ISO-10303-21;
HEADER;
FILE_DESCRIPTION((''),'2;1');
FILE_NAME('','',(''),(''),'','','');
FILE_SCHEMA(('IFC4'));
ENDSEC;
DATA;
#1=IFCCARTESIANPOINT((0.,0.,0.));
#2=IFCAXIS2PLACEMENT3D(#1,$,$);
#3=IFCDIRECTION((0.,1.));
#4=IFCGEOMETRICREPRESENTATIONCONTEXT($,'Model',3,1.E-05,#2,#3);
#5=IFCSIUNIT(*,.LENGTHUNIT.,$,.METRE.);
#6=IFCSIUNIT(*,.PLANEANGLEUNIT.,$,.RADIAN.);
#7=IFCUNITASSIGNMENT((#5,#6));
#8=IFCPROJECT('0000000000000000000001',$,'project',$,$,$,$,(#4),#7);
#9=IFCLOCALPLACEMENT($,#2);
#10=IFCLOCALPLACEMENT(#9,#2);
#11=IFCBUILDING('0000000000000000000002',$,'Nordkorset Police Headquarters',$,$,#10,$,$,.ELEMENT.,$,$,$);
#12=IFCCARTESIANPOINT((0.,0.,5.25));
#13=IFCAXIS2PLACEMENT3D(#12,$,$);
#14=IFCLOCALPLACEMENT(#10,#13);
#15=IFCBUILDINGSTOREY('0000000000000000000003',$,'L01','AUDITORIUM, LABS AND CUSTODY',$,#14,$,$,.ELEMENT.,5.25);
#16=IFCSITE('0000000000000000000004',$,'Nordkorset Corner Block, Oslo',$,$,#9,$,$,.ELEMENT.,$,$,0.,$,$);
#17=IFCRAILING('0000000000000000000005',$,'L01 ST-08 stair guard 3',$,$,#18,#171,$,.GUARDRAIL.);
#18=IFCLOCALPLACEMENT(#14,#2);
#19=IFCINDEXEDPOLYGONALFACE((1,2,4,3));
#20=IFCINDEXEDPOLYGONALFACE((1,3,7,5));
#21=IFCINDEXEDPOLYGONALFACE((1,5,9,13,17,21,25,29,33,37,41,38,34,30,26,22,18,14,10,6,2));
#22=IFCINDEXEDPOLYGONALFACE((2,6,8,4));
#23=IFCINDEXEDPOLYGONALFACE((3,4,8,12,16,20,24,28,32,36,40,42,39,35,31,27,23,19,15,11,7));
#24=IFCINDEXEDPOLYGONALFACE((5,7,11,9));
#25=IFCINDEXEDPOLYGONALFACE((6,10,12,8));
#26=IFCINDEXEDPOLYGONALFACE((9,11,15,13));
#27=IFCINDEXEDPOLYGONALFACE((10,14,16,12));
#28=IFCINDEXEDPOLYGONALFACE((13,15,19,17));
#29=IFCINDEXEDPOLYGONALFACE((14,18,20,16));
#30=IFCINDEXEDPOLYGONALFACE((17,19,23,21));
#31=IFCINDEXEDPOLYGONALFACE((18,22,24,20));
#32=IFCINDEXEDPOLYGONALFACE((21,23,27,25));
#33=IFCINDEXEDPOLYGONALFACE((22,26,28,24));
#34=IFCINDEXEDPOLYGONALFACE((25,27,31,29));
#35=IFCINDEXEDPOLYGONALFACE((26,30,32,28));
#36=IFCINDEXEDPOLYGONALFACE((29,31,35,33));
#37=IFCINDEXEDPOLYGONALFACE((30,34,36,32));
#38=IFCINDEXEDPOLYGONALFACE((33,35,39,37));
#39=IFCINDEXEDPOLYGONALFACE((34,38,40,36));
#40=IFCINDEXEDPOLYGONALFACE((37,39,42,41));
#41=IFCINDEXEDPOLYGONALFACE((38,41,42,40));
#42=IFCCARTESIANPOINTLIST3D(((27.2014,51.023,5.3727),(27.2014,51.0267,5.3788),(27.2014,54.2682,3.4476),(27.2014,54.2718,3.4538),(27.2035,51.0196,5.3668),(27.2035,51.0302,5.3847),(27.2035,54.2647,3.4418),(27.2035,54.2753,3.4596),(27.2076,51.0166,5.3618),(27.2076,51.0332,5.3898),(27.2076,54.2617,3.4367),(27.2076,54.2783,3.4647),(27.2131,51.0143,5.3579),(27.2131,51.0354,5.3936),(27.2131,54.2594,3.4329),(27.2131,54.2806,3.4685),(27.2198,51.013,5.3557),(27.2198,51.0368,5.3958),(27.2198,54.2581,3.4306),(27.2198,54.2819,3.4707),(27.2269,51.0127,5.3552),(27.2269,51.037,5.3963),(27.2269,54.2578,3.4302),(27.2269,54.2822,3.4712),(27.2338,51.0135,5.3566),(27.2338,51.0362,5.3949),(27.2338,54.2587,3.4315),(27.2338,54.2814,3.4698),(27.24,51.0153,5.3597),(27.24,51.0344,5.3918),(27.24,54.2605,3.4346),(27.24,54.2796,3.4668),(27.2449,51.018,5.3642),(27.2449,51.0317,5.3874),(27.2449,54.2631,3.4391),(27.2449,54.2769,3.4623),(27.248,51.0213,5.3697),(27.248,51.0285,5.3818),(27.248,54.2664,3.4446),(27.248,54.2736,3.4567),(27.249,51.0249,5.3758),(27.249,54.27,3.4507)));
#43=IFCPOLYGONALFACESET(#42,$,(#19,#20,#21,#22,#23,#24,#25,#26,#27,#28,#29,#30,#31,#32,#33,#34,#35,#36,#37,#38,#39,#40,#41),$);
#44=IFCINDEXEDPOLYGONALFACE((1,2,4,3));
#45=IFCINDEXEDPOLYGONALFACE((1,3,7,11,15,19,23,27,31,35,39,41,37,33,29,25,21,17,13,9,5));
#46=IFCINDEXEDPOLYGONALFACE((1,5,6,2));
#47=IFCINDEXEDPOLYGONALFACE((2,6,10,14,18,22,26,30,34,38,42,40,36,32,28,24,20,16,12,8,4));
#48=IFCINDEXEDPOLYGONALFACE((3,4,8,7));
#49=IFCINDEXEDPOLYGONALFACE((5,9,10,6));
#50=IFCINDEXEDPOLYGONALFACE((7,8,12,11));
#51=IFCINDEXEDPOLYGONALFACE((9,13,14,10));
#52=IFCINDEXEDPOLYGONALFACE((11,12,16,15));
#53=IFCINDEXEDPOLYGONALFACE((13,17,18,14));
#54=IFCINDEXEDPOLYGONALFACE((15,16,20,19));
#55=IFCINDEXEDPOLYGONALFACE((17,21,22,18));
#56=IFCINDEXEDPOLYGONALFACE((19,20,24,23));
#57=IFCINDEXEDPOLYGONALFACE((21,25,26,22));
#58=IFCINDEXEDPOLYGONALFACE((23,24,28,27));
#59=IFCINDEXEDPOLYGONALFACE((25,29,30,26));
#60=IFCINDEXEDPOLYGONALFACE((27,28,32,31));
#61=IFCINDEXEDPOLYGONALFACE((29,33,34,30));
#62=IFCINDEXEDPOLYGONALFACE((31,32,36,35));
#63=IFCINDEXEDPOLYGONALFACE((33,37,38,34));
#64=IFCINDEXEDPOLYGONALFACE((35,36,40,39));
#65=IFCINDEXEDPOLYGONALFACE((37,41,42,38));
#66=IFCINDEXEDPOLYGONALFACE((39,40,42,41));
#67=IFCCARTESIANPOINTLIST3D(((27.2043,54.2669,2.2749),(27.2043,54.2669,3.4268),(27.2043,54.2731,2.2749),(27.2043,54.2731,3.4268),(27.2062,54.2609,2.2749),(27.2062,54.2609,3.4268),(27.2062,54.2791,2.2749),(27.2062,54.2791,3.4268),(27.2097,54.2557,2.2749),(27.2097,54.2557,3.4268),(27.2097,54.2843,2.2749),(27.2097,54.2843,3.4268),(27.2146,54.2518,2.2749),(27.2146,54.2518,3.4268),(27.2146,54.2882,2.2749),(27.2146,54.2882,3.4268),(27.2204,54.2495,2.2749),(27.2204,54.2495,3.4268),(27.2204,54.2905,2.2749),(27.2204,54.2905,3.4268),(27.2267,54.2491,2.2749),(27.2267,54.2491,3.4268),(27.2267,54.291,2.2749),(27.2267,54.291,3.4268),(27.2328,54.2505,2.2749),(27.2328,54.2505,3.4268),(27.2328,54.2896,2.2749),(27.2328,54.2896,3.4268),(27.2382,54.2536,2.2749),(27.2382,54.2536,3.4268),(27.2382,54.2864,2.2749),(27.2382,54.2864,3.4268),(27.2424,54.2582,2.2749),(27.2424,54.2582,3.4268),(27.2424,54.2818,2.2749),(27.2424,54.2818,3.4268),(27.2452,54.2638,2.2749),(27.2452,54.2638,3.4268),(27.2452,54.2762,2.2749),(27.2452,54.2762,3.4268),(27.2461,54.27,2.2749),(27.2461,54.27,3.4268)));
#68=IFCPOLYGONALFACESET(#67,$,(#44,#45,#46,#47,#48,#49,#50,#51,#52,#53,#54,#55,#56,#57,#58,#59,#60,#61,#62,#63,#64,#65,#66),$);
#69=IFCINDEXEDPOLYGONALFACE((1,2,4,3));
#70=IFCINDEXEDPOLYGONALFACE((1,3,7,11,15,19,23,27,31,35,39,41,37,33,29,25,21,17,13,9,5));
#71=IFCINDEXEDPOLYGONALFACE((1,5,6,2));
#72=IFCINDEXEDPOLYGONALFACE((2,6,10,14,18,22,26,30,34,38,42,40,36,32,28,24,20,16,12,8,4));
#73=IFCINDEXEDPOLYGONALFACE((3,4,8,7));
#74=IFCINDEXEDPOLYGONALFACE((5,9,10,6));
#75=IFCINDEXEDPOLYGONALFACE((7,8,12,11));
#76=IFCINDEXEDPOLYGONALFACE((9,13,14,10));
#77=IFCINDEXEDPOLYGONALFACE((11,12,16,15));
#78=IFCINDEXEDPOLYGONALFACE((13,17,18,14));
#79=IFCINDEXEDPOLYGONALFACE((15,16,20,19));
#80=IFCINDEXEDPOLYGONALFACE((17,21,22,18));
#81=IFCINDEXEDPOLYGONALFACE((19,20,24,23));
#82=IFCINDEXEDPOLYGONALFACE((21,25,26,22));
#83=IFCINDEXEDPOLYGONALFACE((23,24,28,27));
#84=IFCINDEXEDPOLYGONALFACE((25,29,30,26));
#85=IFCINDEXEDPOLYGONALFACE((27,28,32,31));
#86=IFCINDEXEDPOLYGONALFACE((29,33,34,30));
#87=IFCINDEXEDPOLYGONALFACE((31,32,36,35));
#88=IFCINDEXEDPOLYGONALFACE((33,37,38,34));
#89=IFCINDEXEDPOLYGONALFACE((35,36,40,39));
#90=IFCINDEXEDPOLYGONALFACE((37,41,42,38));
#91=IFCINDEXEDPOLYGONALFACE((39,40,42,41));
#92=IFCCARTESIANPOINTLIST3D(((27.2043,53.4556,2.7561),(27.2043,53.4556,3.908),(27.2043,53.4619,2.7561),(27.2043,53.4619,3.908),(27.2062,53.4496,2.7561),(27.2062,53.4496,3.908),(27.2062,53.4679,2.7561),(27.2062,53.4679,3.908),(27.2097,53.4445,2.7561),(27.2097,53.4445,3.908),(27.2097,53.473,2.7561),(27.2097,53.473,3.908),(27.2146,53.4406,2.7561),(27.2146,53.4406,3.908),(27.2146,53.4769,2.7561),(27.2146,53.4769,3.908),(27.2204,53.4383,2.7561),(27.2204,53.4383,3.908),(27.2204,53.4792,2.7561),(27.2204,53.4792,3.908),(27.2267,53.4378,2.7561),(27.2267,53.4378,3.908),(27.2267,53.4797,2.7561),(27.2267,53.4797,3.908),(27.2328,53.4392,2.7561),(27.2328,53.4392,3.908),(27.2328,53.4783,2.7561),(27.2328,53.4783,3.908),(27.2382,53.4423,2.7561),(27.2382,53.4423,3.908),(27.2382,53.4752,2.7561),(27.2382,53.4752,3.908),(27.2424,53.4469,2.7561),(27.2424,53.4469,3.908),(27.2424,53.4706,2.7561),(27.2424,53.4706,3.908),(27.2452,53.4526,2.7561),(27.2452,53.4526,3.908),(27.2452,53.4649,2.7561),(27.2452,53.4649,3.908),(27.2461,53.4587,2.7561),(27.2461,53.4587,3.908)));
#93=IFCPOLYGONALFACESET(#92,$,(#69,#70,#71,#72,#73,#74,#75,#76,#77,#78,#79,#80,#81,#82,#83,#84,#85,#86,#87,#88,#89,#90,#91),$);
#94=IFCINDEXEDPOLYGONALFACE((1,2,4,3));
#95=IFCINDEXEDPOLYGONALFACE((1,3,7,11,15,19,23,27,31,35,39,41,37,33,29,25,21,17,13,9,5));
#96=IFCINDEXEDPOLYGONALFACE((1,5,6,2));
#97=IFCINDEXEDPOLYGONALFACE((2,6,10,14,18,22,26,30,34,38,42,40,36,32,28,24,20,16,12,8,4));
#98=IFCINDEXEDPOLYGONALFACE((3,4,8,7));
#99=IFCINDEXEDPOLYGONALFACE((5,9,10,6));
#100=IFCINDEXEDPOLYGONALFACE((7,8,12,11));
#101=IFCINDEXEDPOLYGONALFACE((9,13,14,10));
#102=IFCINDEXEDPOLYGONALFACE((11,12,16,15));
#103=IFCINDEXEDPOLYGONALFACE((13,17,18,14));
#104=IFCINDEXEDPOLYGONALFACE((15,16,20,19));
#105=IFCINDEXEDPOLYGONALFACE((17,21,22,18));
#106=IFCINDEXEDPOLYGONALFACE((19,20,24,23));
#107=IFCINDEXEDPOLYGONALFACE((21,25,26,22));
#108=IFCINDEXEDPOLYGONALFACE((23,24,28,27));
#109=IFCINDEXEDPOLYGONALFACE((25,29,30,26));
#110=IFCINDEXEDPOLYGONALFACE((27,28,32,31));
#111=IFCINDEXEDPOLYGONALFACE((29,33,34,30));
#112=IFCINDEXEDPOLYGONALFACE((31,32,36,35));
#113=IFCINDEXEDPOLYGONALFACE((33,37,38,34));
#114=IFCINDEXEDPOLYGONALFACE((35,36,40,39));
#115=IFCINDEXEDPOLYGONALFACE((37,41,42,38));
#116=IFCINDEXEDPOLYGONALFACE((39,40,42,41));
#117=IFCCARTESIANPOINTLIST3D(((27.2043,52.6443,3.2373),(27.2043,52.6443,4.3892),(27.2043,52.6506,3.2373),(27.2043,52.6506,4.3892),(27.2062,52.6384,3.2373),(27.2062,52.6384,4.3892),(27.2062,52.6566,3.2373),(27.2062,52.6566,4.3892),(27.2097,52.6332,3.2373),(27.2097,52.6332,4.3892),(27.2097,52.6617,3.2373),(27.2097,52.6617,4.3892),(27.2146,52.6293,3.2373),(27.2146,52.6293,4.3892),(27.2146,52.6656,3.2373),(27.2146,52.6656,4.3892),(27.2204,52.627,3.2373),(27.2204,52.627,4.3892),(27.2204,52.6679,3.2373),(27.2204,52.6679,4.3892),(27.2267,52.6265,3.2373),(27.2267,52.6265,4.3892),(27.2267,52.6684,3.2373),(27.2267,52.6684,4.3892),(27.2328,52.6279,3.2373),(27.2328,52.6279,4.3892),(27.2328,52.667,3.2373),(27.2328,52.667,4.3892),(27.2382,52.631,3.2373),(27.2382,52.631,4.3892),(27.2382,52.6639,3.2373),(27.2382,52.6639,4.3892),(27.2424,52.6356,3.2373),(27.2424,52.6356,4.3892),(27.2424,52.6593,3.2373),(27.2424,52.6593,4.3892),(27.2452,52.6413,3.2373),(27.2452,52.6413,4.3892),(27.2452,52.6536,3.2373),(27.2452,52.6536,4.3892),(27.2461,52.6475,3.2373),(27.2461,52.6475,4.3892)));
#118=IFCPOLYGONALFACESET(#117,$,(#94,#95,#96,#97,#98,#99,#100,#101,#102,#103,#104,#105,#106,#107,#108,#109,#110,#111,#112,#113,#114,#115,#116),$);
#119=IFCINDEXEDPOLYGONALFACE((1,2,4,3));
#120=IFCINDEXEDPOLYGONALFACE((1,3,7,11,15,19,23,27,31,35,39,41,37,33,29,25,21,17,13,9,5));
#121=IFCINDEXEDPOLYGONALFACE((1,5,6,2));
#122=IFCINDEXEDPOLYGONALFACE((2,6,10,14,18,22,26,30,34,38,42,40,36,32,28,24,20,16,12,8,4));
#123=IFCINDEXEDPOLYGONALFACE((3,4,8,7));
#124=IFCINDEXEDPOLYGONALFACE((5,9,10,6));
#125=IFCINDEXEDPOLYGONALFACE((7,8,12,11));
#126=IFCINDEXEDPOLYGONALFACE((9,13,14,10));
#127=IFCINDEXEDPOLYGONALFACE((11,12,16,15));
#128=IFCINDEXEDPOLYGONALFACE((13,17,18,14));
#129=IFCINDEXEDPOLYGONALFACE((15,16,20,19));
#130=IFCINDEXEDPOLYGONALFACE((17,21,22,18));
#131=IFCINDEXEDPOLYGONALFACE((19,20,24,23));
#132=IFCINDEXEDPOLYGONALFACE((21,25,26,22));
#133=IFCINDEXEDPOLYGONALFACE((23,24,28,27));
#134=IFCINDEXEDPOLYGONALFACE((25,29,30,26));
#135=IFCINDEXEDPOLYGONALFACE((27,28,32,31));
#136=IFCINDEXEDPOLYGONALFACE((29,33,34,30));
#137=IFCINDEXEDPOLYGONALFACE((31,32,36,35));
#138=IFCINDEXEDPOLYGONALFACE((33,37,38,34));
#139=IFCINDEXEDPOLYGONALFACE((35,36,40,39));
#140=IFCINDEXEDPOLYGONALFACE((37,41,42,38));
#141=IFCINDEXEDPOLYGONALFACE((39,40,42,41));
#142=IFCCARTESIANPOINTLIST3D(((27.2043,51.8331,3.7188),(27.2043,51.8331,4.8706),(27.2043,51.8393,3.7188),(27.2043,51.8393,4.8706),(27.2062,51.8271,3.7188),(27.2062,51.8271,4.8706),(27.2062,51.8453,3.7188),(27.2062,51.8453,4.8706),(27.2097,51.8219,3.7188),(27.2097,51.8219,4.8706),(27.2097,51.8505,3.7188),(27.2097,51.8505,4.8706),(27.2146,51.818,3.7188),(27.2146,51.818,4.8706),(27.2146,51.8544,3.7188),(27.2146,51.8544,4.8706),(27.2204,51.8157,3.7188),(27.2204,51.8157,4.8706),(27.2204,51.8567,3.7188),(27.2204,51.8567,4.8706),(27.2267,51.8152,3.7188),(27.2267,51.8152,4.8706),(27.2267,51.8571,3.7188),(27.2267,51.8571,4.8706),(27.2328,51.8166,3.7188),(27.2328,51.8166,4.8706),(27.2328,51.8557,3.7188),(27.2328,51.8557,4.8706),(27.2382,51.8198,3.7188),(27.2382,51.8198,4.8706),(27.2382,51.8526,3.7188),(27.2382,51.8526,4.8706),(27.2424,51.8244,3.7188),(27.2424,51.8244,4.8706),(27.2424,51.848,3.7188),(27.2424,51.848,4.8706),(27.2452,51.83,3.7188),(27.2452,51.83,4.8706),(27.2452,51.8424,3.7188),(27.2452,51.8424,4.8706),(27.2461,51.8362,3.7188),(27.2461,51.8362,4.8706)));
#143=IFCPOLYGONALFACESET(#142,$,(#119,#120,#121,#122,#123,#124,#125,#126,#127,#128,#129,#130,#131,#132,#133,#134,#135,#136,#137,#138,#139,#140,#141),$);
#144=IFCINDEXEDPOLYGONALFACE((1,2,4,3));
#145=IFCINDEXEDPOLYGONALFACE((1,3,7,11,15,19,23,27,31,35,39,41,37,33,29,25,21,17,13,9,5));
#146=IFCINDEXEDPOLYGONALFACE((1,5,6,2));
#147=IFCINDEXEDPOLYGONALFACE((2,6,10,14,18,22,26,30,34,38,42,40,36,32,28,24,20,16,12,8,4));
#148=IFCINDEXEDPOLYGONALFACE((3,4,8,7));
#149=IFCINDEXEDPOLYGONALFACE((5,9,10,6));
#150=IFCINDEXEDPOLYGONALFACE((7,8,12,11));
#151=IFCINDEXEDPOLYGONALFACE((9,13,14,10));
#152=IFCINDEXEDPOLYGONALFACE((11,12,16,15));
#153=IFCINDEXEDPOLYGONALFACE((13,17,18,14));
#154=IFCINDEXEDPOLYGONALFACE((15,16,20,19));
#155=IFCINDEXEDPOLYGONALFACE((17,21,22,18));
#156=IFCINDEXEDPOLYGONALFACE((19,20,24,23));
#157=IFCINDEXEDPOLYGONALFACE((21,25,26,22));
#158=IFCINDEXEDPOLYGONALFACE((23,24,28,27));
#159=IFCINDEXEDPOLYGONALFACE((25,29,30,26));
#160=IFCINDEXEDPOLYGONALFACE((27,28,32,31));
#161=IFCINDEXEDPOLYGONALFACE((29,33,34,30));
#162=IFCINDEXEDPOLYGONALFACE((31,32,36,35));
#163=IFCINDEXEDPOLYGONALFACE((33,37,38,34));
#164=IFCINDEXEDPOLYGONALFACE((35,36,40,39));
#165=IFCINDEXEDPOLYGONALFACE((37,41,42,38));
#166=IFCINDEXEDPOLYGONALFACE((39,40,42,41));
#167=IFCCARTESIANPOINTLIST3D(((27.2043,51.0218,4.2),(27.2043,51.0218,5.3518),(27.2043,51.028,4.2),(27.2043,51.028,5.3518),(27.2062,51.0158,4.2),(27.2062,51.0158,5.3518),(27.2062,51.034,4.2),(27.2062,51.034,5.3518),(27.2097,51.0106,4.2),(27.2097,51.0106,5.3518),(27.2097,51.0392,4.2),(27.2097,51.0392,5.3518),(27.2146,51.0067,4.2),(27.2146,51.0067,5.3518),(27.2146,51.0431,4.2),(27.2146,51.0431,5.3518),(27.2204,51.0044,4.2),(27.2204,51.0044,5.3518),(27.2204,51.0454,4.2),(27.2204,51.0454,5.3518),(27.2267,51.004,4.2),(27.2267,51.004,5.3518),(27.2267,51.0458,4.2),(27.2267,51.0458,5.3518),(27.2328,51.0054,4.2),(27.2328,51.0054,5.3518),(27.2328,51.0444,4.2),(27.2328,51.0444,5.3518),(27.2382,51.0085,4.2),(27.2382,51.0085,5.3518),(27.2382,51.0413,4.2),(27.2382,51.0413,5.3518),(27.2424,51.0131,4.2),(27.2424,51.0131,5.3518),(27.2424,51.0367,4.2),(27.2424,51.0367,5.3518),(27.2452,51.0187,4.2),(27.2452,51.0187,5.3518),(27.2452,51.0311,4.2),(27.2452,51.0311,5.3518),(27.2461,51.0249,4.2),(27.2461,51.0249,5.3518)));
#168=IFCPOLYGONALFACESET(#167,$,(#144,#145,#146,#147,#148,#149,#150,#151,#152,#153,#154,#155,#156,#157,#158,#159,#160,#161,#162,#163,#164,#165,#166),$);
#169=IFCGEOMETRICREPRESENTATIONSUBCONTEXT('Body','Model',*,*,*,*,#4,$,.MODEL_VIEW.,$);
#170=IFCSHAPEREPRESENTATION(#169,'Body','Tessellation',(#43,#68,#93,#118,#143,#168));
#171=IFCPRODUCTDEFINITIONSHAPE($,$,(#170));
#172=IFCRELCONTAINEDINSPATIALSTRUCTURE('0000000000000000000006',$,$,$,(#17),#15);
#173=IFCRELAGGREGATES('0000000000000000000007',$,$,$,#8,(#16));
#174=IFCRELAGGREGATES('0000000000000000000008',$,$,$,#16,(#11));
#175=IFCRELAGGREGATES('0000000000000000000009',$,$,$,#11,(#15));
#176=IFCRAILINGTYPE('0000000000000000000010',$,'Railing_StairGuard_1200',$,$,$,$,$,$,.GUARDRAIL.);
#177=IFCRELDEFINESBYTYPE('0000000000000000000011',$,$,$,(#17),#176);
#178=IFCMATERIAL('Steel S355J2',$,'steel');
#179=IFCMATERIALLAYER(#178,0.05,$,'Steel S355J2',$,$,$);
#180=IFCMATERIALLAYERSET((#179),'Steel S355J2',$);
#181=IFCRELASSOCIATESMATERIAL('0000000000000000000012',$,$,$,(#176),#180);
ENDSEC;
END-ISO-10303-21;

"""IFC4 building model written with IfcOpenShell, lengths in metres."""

from ifc_helpers import new_model, si_unit, direction, frame, origin, origin_2d, place, context, subcontext, project, spatial, circle, extrude, material, layer, layer_set, type_object, element, save


model = new_model("IFC4")

# Units and contexts
model_context = context("Model", 3, precision=1e-05, world=origin(), true_north=direction((0.0, 1.0)))
body_context = subcontext(model_context, "Body", "Model", "MODEL_VIEW")
ifc_project = project(units=[si_unit("LENGTHUNIT", "METRE"), si_unit("PLANEANGLEUNIT", "RADIAN")], contexts=[model_context])

# Site, building, storey
site_placement = place(None, origin())
site = spatial("IfcSite", under=ifc_project, at=site_placement, Name="Nordkorset Corner Block, Oslo", CompositionType="ELEMENT", RefElevation=0.0)
building_placement = place(site_placement, origin())
building = spatial("IfcBuilding", under=site, at=building_placement, Name="Nordkorset Police Headquarters", CompositionType="ELEMENT")
storey_placement = place(building_placement, frame((0.0, 0.0, 5.25)))
storey = spatial("IfcBuildingStorey", under=building, at=storey_placement, Name="L01", Description="AUDITORIUM, LABS AND CUSTODY", CompositionType="ELEMENT", Elevation=5.25)

# Railing
ifc_material_1 = material(Name="Steel S355J2", Category="steel")
ifc_layer_1 = layer(ifc_material_1, 0.05, Name="Steel S355J2")
ifc_layer_set_1 = layer_set([ifc_layer_1], Name="Steel S355J2")
railing_type_1 = type_object("IfcRailingType", Name="Railing_StairGuard_1200", PredefinedType="GUARDRAIL", material=ifc_layer_set_1)
railing_1_placement = place(storey_placement, frame((27.2251, 54.27, 2.2749)))
element("IfcRailing", 1, at=railing_1_placement, inside=storey, type_object=railing_type_1, Name="L01 ST-08 stair guard 3", PredefinedType="GUARDRAIL", context=body_context, shape_type="SweptSolid", body=[
    extrude(circle(Radius=0.0239, at=origin_2d()), frame((0.0, 0.0, 1.1758), z_axis=(0.0, -0.860057, 0.510198), x_axis=(1.0, 0.0, 0.0)), (0.0, 0.0, 1.0), 3.7732),
    extrude(circle(Radius=0.021, at=origin_2d()), origin(), (0.0, 0.0, 1.0), 1.1519),
    extrude(circle(Radius=0.021, at=origin_2d()), frame((0.0, -0.8113, 0.4812)), (0.0, 0.0, 1.0), 1.1519),
    extrude(circle(Radius=0.021, at=origin_2d()), frame((0.0, -1.6226, 0.9624)), (0.0, 0.0, 1.0), 1.1519),
    extrude(circle(Radius=0.021, at=origin_2d()), frame((0.0, -2.4338, 1.4438)), (0.0, 0.0, 1.0), 1.1519),
    extrude(circle(Radius=0.021, at=origin_2d()), frame((0.0, -3.2451, 1.925)), (0.0, 0.0, 1.0), 1.1519),
])

save(model, "model.ifc")
